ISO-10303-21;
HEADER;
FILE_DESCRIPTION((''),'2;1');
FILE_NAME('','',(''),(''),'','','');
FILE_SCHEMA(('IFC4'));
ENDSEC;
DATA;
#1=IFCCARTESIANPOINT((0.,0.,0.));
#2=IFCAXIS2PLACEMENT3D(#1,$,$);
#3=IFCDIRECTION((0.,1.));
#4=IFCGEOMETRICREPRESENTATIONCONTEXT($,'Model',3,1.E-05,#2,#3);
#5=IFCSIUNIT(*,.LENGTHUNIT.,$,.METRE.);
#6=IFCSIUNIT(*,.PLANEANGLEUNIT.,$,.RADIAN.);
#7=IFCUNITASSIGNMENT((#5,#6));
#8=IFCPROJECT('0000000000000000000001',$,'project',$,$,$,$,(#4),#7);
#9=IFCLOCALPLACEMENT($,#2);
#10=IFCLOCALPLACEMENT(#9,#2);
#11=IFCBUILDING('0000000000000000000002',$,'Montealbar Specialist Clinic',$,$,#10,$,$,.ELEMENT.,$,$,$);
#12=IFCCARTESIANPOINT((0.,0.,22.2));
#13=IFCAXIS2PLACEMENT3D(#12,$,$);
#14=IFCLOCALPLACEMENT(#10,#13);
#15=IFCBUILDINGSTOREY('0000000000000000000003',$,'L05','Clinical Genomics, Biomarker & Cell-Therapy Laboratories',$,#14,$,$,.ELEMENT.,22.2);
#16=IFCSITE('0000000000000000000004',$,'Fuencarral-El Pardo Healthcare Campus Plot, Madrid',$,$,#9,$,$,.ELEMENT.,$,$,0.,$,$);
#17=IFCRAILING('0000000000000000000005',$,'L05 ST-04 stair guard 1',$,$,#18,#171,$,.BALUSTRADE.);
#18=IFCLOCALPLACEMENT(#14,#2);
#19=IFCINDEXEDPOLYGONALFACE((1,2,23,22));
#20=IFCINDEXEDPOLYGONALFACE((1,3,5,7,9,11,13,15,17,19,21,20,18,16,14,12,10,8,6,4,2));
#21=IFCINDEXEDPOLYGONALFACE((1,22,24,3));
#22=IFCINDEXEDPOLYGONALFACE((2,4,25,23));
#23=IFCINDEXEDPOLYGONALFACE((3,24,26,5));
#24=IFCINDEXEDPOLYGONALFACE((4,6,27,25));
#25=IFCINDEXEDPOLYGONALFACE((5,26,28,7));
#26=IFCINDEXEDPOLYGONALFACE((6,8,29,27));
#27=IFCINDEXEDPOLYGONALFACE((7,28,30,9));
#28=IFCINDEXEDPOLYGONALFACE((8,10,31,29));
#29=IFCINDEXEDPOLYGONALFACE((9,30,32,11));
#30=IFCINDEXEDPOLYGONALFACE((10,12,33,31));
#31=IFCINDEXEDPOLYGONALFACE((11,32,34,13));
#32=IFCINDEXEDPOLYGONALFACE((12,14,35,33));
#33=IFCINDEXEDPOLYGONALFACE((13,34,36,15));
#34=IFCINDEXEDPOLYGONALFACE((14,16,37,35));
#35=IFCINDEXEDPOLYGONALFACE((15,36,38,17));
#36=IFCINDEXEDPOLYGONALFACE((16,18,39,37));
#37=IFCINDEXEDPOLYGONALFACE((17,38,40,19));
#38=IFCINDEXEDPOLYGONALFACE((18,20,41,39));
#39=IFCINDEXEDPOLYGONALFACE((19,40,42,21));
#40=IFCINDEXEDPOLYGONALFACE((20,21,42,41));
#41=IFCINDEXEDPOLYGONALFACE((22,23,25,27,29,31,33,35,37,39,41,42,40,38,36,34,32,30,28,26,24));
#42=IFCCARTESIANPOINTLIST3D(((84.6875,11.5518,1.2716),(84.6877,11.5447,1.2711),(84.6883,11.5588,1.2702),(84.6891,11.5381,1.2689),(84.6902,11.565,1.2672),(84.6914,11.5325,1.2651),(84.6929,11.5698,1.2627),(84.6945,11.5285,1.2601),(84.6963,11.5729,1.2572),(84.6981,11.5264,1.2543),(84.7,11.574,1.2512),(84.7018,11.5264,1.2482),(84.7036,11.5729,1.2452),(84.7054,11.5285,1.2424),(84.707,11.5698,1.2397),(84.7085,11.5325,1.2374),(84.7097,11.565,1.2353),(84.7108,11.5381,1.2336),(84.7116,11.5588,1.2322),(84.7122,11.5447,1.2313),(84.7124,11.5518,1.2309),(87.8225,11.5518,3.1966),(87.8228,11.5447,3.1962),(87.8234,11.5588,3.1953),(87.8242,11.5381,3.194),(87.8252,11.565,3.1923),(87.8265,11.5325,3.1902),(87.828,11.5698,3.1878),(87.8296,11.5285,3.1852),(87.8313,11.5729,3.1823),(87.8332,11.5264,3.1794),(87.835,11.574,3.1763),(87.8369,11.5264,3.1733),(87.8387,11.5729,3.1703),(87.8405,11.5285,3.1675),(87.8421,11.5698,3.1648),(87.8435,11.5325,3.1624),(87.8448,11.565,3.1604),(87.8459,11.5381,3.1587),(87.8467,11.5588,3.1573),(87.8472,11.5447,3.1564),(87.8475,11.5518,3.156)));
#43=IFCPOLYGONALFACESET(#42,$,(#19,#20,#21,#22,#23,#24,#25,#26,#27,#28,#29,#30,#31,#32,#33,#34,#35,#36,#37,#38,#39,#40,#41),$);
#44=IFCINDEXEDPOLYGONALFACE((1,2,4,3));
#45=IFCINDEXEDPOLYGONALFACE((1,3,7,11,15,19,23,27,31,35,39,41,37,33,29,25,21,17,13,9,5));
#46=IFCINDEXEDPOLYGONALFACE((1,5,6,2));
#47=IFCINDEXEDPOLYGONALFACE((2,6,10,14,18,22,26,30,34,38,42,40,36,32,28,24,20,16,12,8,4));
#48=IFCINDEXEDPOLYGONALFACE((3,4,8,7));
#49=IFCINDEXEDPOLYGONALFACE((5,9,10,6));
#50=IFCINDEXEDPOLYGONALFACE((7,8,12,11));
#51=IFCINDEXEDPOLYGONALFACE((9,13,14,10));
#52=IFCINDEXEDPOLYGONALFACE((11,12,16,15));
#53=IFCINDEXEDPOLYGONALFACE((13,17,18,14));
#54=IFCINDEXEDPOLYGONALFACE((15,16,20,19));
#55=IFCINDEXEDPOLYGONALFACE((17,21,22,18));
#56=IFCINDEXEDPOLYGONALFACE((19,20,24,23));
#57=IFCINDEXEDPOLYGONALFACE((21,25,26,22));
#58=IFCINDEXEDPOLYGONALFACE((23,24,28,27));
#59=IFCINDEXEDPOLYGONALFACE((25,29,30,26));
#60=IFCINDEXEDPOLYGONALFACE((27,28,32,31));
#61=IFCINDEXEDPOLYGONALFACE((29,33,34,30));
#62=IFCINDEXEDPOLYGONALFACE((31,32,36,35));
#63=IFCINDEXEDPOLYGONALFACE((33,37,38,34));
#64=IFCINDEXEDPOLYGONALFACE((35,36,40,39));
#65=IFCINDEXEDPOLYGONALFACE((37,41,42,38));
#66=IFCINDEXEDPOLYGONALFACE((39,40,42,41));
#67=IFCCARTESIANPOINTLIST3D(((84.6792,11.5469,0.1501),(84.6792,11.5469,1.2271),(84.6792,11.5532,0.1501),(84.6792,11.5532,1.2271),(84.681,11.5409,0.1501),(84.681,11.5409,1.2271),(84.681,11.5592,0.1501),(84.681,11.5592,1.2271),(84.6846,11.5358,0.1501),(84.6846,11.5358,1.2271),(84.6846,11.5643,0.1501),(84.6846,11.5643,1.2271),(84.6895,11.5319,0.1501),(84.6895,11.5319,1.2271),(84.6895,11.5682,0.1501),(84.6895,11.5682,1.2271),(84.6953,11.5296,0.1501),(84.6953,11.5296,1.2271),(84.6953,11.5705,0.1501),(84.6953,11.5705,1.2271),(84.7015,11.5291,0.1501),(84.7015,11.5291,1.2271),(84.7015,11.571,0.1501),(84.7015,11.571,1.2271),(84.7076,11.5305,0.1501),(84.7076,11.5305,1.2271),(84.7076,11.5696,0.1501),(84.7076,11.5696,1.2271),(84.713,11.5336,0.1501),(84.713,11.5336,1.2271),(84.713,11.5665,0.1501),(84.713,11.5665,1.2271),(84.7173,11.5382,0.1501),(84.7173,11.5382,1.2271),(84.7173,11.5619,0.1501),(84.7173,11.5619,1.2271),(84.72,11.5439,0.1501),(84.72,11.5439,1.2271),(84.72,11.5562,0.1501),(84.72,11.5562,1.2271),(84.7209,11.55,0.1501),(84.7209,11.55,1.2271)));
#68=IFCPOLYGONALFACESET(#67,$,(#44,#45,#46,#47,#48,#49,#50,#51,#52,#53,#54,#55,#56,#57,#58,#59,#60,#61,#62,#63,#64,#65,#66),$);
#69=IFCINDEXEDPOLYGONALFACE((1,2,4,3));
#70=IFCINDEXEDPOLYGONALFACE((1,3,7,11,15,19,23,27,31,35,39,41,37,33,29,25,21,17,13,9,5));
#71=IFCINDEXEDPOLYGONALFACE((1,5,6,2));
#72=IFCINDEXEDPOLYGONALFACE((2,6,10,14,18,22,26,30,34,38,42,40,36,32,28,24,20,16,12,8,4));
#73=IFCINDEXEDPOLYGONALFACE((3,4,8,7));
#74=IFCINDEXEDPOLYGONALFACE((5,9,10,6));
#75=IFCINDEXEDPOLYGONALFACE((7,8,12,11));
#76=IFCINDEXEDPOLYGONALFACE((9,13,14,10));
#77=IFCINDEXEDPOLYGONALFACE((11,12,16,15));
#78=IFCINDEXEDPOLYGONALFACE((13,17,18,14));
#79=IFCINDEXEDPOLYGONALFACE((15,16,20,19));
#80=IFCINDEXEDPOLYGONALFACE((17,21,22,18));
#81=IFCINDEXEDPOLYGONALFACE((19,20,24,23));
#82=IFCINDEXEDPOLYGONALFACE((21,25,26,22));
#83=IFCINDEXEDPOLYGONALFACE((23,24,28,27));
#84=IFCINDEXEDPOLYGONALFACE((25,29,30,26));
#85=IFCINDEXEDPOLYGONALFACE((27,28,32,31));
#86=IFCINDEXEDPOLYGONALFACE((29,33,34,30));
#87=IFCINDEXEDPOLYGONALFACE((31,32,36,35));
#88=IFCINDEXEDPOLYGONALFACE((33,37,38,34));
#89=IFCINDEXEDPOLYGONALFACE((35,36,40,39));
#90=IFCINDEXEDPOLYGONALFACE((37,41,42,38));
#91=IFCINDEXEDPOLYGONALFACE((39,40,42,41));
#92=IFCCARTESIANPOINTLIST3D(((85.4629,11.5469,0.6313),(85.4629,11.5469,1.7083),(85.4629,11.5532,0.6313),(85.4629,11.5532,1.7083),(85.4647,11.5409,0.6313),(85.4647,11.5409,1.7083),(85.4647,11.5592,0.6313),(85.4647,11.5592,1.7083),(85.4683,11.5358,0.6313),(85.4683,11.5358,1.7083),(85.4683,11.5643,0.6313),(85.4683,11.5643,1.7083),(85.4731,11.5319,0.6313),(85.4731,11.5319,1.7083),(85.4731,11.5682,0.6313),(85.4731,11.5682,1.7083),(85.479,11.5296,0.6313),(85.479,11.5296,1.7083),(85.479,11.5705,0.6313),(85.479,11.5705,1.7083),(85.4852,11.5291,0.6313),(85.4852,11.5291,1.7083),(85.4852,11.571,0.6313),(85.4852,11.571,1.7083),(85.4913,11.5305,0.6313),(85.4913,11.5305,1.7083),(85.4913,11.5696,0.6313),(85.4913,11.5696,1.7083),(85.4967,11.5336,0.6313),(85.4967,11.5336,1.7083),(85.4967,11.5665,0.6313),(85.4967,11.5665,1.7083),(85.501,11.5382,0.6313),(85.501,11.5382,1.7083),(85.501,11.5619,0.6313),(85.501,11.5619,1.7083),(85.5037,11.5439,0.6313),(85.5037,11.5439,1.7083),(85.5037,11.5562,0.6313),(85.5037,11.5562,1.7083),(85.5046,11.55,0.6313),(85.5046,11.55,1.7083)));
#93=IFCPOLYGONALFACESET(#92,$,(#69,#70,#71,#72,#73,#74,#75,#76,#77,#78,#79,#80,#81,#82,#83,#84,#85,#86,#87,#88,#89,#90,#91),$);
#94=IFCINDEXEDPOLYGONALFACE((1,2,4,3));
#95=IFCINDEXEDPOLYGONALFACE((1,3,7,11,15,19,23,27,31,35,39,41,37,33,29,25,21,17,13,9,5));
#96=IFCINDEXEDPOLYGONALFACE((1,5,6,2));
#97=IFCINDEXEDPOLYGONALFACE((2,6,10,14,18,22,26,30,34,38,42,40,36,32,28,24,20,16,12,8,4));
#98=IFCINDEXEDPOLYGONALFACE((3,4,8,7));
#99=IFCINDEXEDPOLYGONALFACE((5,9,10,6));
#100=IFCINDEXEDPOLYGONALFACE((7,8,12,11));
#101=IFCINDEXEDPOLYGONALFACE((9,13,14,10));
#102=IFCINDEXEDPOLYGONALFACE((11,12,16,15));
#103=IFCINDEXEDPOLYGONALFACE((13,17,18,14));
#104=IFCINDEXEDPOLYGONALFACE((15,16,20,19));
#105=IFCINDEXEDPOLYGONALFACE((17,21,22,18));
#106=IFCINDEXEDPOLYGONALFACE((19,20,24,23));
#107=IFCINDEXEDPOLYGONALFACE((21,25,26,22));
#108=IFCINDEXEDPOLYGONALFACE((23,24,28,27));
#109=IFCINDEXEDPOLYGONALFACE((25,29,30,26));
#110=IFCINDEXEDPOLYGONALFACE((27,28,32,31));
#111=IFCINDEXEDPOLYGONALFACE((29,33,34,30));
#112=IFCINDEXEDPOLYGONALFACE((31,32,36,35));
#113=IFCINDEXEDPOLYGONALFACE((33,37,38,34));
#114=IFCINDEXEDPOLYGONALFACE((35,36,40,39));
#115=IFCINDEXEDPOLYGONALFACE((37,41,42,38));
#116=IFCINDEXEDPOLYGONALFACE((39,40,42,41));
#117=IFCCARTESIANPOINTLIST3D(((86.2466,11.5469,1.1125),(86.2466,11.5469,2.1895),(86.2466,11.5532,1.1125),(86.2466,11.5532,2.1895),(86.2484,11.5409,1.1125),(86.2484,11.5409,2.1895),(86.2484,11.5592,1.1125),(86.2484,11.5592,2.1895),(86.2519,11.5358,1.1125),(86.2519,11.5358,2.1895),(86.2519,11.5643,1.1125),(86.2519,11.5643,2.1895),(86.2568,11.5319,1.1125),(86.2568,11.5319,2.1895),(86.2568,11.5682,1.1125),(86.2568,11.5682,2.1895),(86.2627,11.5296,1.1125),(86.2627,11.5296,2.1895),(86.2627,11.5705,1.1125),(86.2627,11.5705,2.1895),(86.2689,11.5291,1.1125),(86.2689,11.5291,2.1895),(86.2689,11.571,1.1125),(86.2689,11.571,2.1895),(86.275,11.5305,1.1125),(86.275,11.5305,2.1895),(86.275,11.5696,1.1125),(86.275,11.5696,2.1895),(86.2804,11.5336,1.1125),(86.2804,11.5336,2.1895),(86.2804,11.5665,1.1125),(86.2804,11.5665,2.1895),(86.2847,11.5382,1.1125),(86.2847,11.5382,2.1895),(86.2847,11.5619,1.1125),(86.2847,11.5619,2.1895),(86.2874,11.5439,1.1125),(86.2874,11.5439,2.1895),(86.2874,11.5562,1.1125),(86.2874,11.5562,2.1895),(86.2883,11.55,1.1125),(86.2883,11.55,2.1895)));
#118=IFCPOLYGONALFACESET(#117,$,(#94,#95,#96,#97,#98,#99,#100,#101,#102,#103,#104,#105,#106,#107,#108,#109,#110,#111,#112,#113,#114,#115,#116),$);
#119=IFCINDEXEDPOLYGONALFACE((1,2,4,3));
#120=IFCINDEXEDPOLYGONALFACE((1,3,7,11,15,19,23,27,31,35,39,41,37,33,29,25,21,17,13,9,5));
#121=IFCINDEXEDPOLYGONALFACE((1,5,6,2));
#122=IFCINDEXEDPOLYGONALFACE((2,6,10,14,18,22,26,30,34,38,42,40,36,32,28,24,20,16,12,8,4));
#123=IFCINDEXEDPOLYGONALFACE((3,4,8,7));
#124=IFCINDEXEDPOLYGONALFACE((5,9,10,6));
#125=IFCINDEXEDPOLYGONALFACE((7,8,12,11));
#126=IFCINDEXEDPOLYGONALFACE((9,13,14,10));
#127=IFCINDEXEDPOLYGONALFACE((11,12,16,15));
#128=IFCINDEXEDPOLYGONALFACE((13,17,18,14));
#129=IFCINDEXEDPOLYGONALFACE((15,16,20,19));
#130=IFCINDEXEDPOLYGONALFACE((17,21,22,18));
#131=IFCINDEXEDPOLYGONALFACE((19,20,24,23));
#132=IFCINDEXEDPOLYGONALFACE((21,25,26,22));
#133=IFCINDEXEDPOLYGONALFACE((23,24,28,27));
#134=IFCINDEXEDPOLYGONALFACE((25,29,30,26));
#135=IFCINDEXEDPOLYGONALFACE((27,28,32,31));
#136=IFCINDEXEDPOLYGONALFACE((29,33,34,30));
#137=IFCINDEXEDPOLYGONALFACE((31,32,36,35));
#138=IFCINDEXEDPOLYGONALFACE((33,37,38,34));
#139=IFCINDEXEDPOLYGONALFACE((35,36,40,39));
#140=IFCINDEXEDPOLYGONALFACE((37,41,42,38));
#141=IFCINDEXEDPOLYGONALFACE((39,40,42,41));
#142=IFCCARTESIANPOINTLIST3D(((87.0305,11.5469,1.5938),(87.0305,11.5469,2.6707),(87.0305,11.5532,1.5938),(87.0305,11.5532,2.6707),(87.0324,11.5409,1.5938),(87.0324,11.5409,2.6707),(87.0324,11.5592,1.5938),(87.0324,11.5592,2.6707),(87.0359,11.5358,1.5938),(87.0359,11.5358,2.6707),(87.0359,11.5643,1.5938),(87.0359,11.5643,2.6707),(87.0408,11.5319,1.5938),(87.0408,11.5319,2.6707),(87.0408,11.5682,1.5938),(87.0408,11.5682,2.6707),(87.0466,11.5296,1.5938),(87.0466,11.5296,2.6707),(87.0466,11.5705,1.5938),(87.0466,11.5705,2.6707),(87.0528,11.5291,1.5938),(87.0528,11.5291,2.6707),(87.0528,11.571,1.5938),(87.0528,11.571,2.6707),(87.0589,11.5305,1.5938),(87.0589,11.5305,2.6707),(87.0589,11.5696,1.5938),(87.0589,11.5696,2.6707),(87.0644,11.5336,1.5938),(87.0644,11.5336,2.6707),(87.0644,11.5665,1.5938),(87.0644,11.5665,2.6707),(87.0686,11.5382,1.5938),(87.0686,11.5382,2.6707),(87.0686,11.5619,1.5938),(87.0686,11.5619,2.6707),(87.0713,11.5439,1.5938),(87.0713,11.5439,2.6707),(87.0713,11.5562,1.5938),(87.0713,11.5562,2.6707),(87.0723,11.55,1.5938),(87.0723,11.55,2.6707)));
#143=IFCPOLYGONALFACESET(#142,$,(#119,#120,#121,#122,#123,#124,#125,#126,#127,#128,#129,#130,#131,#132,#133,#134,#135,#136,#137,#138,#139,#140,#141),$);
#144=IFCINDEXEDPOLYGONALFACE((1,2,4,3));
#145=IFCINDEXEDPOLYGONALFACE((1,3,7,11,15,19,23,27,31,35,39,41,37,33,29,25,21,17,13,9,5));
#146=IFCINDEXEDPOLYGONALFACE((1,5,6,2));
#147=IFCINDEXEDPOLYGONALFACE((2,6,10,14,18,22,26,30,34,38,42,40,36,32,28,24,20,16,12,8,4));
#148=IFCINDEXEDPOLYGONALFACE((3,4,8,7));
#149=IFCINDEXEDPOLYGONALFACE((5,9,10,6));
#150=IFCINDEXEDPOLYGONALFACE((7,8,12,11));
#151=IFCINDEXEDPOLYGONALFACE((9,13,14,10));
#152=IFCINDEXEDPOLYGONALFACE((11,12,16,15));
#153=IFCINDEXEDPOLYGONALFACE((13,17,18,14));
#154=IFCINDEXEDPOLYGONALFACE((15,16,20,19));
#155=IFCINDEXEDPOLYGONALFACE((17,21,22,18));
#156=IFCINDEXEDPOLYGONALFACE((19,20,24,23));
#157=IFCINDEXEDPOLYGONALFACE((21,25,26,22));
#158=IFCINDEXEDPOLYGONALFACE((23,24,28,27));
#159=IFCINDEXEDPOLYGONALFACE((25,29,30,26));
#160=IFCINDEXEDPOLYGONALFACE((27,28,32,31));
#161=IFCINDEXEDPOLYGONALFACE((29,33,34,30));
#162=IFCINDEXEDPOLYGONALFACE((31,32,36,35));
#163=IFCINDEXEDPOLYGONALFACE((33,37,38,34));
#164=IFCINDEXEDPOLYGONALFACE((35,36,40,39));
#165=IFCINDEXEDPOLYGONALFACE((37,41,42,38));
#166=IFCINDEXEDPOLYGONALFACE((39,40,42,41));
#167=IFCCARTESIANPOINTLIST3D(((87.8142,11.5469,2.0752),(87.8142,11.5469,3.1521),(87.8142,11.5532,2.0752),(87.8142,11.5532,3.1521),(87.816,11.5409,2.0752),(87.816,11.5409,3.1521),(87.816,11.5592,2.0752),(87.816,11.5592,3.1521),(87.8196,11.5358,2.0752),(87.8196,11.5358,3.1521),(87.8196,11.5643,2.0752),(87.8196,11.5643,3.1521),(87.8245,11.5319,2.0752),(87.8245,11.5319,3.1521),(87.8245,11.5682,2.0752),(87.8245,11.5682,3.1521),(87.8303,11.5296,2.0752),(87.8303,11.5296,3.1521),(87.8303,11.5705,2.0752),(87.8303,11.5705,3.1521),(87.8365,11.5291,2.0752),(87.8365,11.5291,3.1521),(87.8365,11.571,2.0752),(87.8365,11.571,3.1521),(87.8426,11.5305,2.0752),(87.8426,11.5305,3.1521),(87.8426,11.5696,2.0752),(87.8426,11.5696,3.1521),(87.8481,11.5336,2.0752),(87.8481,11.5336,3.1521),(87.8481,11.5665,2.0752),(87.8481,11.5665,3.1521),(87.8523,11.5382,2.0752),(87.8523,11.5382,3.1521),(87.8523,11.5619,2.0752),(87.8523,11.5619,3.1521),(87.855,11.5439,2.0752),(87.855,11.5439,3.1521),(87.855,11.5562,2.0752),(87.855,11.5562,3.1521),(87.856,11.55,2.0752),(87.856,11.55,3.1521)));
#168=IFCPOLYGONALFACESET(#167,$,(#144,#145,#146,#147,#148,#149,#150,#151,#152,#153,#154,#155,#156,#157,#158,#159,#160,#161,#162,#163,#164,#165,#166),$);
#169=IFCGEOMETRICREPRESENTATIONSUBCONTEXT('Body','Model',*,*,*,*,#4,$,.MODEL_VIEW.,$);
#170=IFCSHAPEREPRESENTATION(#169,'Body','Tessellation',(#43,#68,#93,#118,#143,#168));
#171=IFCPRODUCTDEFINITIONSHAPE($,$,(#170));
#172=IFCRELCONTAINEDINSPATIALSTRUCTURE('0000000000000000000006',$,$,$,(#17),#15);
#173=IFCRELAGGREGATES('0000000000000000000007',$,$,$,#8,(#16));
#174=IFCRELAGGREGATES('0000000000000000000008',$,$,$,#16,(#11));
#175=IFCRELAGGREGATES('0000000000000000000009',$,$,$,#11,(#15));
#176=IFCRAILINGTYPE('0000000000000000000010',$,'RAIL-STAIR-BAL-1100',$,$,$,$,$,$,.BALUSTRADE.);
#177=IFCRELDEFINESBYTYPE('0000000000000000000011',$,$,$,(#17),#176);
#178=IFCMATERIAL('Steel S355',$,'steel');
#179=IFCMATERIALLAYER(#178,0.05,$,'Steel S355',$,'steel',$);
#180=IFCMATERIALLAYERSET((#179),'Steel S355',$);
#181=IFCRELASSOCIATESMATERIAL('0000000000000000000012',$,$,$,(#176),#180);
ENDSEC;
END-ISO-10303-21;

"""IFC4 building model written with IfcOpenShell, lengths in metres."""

from ifc_helpers import new_model, si_unit, direction, frame, origin, origin_2d, place, context, subcontext, project, spatial, circle, extrude, material, layer, layer_set, type_object, element, save


model = new_model("IFC4")

# Units and contexts
model_context = context("Model", 3, precision=1e-05, world=origin(), true_north=direction((0.0, 1.0)))
body_context = subcontext(model_context, "Body", "Model", "MODEL_VIEW")
ifc_project = project(units=[si_unit("LENGTHUNIT", "METRE"), si_unit("PLANEANGLEUNIT", "RADIAN")], contexts=[model_context])

# Site, building, storey
site_placement = place(None, origin())
site = spatial("IfcSite", under=ifc_project, at=site_placement, Name="Fuencarral-El Pardo Healthcare Campus Plot, Madrid", CompositionType="ELEMENT", RefElevation=0.0)
building_placement = place(site_placement, origin())
building = spatial("IfcBuilding", under=site, at=building_placement, Name="Montealbar Specialist Clinic", CompositionType="ELEMENT")
storey_placement = place(building_placement, frame((0.0, 0.0, 22.2)))
storey = spatial("IfcBuildingStorey", under=building, at=storey_placement, Name="L05", Description="Clinical Genomics, Biomarker & Cell-Therapy Laboratories", CompositionType="ELEMENT", Elevation=22.2)

# Shared definitions
ifc_material_1 = material(Name="Steel S355", Category="steel")

# Railing
ifc_layer_1 = layer(ifc_material_1, 0.05, Name="Steel S355", Category="steel")
ifc_layer_set_1 = layer_set([ifc_layer_1], Name="Steel S355")
railing_type_1 = type_object("IfcRailingType", Name="RAIL-STAIR-BAL-1100", PredefinedType="BALUSTRADE", material=ifc_layer_set_1)
railing_1_placement = place(storey_placement, frame((84.7, 11.55, 0.175)))
element("IfcRailing", 1, at=railing_1_placement, inside=storey, type_object=railing_type_1, Name="L05 ST-04 stair guard 1", PredefinedType="BALUSTRADE", context=body_context, shape_type="SweptSolid", body=[
    extrude(circle(Radius=0.0239, at=origin_2d()), frame((0.0, 0.0, 1.0762), z_axis=(0.852166, 0.0, 0.523271), x_axis=(0.0, 1.0, 0.0)), (0.0, 0.0, 1.0), 3.679),
    extrude(circle(Radius=0.021, at=origin_2d()), frame((0.0, 0.0, -0.0249)), (0.0, 0.0, 1.0), 1.0769),
    extrude(circle(Radius=0.021, at=origin_2d()), frame((0.7837, 0.0, 0.4563)), (0.0, 0.0, 1.0), 1.0769),
    extrude(circle(Radius=0.021, at=origin_2d()), frame((1.5674, 0.0, 0.9375)), (0.0, 0.0, 1.0), 1.0769),
    extrude(circle(Radius=0.021, at=origin_2d()), frame((2.3513, 0.0, 1.4187)), (0.0, 0.0, 1.0), 1.0769),
    extrude(circle(Radius=0.021, at=origin_2d()), frame((3.135, 0.0, 1.9001)), (0.0, 0.0, 1.0), 1.0769),
])

save(model, "model.ifc")
